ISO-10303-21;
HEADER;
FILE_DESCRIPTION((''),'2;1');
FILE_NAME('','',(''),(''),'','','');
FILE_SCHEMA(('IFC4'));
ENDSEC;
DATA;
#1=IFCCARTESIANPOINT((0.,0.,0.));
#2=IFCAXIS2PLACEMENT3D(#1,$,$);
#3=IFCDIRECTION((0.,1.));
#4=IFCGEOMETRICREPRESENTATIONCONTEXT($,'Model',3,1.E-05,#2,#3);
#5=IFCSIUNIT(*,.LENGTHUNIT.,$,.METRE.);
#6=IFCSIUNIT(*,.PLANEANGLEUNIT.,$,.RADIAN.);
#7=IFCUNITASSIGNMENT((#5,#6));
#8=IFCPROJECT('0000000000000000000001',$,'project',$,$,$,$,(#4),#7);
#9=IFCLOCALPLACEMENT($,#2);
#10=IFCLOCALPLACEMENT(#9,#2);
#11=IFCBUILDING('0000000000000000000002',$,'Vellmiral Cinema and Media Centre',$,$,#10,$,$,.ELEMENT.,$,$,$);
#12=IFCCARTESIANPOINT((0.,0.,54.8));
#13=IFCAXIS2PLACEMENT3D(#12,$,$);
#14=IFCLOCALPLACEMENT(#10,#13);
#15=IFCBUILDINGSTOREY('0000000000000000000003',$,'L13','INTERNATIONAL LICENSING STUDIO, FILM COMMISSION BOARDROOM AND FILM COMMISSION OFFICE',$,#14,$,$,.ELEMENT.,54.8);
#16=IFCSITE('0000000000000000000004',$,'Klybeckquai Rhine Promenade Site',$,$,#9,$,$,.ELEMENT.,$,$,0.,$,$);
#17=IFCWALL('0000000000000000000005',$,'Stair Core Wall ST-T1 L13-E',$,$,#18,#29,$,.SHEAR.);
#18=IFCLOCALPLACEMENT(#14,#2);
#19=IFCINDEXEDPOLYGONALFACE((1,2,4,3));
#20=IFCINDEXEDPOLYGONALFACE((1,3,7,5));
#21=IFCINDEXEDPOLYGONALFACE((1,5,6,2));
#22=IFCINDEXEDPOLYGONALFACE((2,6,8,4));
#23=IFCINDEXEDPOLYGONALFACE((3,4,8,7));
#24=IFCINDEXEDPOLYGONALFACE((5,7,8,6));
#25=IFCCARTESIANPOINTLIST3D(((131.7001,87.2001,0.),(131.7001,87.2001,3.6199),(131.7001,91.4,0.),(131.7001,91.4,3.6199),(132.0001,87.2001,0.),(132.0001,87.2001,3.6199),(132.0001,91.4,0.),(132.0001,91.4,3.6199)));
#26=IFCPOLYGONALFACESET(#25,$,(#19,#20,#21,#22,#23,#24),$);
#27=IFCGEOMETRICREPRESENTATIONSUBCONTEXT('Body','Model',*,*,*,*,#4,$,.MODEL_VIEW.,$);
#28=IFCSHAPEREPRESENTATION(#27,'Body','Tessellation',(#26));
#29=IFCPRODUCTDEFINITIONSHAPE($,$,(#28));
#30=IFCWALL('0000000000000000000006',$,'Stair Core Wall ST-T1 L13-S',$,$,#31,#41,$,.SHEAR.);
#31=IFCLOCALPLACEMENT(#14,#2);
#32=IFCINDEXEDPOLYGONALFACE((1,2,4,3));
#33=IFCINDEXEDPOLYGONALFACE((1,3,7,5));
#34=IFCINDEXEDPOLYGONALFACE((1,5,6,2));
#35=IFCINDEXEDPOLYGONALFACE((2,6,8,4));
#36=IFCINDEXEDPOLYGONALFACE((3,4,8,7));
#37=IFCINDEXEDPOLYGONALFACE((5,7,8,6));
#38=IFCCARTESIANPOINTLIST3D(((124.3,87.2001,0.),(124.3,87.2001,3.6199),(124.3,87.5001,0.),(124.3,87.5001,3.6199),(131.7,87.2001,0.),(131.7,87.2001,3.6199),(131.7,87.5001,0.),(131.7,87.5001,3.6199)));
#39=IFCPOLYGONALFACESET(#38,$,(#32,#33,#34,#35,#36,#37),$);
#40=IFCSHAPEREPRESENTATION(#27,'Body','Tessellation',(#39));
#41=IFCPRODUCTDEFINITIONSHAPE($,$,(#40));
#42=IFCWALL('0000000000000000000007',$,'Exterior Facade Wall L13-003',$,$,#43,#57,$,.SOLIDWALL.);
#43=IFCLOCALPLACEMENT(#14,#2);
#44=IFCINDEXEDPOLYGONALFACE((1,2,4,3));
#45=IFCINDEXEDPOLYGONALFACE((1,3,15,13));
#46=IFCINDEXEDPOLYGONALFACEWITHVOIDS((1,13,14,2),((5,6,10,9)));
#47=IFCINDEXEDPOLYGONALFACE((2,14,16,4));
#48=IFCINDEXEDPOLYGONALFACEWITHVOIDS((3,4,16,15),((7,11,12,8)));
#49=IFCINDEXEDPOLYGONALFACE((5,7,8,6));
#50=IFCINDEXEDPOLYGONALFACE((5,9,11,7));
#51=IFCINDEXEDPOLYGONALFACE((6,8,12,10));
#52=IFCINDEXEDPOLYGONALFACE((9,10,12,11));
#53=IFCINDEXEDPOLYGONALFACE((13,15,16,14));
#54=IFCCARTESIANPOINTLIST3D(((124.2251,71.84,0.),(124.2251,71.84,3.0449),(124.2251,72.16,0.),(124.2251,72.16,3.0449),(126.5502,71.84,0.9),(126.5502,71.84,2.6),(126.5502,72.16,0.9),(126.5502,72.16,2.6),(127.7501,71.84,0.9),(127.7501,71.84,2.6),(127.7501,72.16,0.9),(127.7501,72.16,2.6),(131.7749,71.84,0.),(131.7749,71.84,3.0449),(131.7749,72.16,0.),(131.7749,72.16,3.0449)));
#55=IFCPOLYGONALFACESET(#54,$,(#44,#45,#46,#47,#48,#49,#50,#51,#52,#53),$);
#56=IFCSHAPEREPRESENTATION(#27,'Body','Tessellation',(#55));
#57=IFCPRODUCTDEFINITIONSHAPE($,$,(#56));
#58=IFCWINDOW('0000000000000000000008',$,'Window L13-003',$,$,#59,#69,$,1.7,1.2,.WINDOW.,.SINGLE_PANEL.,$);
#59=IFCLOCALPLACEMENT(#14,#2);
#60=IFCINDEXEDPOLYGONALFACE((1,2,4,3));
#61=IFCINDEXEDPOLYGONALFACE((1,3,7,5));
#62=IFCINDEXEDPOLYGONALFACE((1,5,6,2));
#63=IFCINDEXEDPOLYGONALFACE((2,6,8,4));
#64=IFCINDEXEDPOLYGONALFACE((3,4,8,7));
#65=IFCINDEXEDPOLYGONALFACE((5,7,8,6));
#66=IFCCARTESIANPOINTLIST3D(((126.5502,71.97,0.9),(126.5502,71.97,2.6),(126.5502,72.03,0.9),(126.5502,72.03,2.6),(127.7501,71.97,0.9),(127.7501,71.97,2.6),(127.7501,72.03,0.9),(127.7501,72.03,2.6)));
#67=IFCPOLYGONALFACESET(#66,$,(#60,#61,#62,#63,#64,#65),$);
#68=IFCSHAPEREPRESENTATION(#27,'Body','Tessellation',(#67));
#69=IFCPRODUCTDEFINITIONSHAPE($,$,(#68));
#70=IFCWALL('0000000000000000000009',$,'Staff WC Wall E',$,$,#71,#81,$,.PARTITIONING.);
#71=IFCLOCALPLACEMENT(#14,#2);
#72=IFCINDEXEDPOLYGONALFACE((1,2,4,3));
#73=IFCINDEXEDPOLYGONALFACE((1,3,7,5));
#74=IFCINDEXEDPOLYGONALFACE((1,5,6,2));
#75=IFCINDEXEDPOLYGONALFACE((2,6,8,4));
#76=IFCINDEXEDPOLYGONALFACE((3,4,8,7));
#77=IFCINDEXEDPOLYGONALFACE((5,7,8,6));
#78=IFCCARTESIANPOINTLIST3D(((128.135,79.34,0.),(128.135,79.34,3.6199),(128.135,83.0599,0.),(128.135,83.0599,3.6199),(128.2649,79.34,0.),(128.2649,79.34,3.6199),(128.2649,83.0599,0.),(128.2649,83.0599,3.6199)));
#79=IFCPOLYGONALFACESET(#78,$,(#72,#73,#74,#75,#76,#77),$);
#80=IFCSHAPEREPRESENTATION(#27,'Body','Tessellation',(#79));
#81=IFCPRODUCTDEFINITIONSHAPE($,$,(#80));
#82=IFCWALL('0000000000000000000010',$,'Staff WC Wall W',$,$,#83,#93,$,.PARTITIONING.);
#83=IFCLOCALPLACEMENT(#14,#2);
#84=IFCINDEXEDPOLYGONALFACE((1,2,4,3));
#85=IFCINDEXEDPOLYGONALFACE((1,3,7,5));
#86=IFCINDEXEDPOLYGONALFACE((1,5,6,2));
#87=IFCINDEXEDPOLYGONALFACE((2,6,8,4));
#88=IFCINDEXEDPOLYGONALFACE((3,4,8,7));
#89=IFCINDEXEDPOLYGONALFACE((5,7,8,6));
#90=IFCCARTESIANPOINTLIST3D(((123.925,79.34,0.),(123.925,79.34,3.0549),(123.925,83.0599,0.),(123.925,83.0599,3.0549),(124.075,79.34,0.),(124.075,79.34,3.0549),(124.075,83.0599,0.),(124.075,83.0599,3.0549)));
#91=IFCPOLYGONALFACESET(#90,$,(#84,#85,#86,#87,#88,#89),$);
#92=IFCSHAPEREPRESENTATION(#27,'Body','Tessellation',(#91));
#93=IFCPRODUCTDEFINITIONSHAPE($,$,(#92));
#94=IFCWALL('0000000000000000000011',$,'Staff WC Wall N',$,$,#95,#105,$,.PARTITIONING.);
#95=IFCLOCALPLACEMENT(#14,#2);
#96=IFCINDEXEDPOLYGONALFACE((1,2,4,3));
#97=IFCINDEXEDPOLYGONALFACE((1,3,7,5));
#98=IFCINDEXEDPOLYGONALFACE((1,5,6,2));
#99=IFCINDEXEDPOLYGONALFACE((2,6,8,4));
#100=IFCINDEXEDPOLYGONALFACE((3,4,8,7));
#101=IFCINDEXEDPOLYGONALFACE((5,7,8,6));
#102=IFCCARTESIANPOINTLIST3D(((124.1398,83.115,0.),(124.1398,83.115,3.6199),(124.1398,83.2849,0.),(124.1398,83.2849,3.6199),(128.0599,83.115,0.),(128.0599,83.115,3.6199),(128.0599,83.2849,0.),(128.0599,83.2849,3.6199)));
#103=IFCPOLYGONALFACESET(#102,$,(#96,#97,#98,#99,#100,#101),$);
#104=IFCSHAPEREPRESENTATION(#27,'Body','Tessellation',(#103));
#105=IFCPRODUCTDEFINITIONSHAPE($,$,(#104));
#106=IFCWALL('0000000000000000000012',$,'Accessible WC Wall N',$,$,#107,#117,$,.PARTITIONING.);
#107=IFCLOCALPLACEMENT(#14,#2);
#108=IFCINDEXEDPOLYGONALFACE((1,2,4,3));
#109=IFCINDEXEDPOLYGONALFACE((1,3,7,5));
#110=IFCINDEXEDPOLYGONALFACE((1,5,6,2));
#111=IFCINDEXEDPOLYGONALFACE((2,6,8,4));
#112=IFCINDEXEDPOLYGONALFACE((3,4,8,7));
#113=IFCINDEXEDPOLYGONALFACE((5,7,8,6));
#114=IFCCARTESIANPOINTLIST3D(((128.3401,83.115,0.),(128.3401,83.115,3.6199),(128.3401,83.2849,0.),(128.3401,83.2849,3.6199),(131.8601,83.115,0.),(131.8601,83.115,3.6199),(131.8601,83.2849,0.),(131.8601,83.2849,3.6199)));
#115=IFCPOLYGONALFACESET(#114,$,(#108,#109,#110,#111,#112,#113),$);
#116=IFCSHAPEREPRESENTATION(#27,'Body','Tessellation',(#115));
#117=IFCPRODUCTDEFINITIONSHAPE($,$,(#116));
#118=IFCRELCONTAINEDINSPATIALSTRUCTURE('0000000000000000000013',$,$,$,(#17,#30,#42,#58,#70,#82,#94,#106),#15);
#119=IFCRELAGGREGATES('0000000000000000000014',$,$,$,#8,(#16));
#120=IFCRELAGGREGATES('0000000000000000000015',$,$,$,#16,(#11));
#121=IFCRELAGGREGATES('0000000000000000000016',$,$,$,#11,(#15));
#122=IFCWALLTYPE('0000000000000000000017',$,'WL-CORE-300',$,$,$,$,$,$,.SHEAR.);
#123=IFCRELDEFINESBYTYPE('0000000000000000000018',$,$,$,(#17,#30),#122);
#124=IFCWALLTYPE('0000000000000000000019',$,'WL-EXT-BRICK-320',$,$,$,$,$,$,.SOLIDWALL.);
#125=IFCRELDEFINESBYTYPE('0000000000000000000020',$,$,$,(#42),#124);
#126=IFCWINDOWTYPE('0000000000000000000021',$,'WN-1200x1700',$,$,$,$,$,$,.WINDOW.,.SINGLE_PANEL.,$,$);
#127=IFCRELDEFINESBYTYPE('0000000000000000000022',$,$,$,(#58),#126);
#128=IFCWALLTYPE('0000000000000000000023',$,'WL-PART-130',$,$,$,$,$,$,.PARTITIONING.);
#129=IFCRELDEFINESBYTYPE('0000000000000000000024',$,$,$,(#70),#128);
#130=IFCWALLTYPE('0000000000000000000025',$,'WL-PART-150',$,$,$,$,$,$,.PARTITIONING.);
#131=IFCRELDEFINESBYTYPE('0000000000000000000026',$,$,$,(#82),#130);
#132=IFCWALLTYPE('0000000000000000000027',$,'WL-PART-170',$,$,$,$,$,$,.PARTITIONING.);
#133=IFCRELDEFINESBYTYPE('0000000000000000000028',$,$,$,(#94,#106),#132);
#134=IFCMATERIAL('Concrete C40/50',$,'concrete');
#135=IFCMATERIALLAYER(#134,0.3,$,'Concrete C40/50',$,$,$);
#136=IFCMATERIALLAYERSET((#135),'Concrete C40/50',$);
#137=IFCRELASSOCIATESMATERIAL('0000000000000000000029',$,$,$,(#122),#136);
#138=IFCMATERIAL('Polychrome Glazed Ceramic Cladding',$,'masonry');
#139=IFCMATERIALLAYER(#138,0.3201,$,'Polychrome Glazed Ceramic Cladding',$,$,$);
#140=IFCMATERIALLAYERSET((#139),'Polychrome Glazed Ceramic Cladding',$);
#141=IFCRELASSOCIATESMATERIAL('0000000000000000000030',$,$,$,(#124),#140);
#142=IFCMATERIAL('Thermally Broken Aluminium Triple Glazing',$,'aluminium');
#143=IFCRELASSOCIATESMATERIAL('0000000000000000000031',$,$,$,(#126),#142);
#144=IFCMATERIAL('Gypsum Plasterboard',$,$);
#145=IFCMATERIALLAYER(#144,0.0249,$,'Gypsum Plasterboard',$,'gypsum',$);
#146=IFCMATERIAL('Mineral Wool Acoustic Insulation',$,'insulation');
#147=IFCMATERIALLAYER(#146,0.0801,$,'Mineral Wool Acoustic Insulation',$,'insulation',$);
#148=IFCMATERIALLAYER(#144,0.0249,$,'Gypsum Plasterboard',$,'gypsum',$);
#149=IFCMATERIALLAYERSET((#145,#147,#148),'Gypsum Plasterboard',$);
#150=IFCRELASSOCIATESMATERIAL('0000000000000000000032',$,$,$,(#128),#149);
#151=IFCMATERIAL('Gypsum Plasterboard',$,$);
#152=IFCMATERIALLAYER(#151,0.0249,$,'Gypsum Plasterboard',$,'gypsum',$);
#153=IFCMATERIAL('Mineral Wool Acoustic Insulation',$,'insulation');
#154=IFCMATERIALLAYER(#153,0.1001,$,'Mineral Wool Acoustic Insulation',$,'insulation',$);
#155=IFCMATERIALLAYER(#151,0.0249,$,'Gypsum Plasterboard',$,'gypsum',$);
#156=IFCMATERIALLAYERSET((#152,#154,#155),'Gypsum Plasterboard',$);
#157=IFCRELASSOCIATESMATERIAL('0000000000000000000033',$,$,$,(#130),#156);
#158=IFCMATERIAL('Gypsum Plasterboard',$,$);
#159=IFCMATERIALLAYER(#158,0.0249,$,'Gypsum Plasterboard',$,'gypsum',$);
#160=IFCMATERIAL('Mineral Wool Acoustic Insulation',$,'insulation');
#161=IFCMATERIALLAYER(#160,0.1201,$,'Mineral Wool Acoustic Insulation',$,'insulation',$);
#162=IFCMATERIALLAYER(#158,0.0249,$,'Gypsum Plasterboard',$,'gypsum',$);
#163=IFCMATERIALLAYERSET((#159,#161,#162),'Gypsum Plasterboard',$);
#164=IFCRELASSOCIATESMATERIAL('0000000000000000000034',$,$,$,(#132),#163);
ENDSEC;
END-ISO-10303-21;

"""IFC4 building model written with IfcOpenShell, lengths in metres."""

from ifc_helpers import new_model, si_unit, direction, frame, frame_2d, origin, place, context, subcontext, project, spatial, rectangle, extrude, material, layer, layer_set, type_object, element, fill, save


model = new_model("IFC4")

# Units and contexts
model_context = context("Model", 3, precision=1e-05, world=origin(), true_north=direction((0.0, 1.0)))
body_context = subcontext(model_context, "Body", "Model", "MODEL_VIEW")
ifc_project = project(units=[si_unit("LENGTHUNIT", "METRE"), si_unit("PLANEANGLEUNIT", "RADIAN")], contexts=[model_context])

# Site, building, storey
site_placement = place(None, origin())
site = spatial("IfcSite", under=ifc_project, at=site_placement, Name="Klybeckquai Rhine Promenade Site", CompositionType="ELEMENT", RefElevation=0.0)
building_placement = place(site_placement, origin())
building = spatial("IfcBuilding", under=site, at=building_placement, Name="Vellmiral Cinema and Media Centre", CompositionType="ELEMENT")
storey_placement = place(building_placement, frame((0.0, 0.0, 54.8)))
storey = spatial("IfcBuildingStorey", under=building, at=storey_placement, Name="L13", Description="INTERNATIONAL LICENSING STUDIO, FILM COMMISSION BOARDROOM AND FILM COMMISSION OFFICE", CompositionType="ELEMENT", Elevation=54.8)

# Walls
ifc_material_1 = material(Name="Concrete C40/50", Category="concrete")
ifc_layer_1 = layer(ifc_material_1, 0.3, Name="Concrete C40/50")
ifc_layer_set_1 = layer_set([ifc_layer_1], Name="Concrete C40/50")
wall_type_1 = type_object("IfcWallType", Name="WL-CORE-300", PredefinedType="SHEAR", material=ifc_layer_set_1)
for number, where, z_axis, x_axis, name in (
    (1, (131.8501, 87.2, 0.0), (0.0, 0.0, 1.0), (0.0, 1.0, 0.0), "Stair Core Wall ST-T1 L13-E"),
):
    element("IfcWall", number, at=place(storey_placement, frame(where, z_axis=z_axis, x_axis=x_axis)), inside=storey, type_object=wall_type_1, Name=name, PredefinedType="SHEAR", context=body_context, shape_type="SweptSolid", body=[
        extrude(rectangle(XDim=4.2, YDim=0.3, at=frame_2d((2.1001, 0.0))), origin(), (0.0, 0.0, 1.0), 3.6199),
    ])
wall_1_placement = place(storey_placement, frame((124.3, 87.3501, 0.0), z_axis=(0.0, 0.0, 1.0), x_axis=(1.0, 0.0, 0.0)))
element("IfcWall", 2, at=wall_1_placement, inside=storey, type_object=wall_type_1, Name="Stair Core Wall ST-T1 L13-S", PredefinedType="SHEAR", context=body_context, shape_type="SweptSolid", body=[
    extrude(rectangle(XDim=7.3999, YDim=0.3, at=frame_2d((3.7, 0.0))), origin(), (0.0, 0.0, 1.0), 3.6199),
])

# Wall, opening, window
ifc_material_2 = material(Name="Polychrome Glazed Ceramic Cladding", Category="masonry")
ifc_layer_2 = layer(ifc_material_2, 0.3201, Name="Polychrome Glazed Ceramic Cladding")
ifc_layer_set_2 = layer_set([ifc_layer_2], Name="Polychrome Glazed Ceramic Cladding")
wall_type_2 = type_object("IfcWallType", Name="WL-EXT-BRICK-320", PredefinedType="SOLIDWALL", material=ifc_layer_set_2)
wall_2_placement = place(storey_placement, frame((124.2251, 72.0, 0.0), z_axis=(0.0, 0.0, 1.0), x_axis=(1.0, 0.0, 0.0)))
wall_2 = element("IfcWall", 3, at=wall_2_placement, inside=storey, type_object=wall_type_2, Name="Exterior Facade Wall L13-003", PredefinedType="SOLIDWALL", context=body_context, shape_type="SweptSolid", body=[
    extrude(rectangle(XDim=7.5498, YDim=0.3201, at=frame_2d((3.7749, 0.0))), origin(), (0.0, 0.0, 1.0), 3.0449),
])
opening_1_placement = place(wall_2_placement, frame((2.325, 0.0, 0.8999)))
opening_1 = element("IfcOpeningElement", 4, at=opening_1_placement, cuts=wall_2, PredefinedType="OPENING", context=body_context, shape_type="SweptSolid", body=[
    extrude(rectangle(XDim=1.2, YDim=1.7, at=frame_2d((0.6001, 0.8501))), frame((0.0, 0.1719, 0.0), z_axis=(0.0, -1.0, 0.0), x_axis=(1.0, 0.0, 0.0)), (0.0, 0.0, 1.0), 0.344),
])
ifc_material_3 = material(Name="Thermally Broken Aluminium Triple Glazing", Category="aluminium")
window_type = type_object("IfcWindowType", Name="WN-1200x1700", PartitioningType="SINGLE_PANEL", PredefinedType="WINDOW", material=ifc_material_3)
window_placement = place(opening_1_placement, origin())
window = element("IfcWindow", 5, at=window_placement, inside=storey, type_object=window_type, Name="Window L13-003", OverallHeight=1.7, OverallWidth=1.2, PartitioningType="SINGLE_PANEL", PredefinedType="WINDOW", context=body_context, shape_type="SweptSolid", body=[
    extrude(rectangle(XDim=1.2, YDim=1.7, at=frame_2d((0.6001, 0.8501))), frame((0.0, 0.03, 0.0), z_axis=(0.0, -1.0, 0.0), x_axis=(1.0, 0.0, 0.0)), (0.0, 0.0, 1.0), 0.0601),
])
fill(opening_1, window)

# Walls
ifc_material_4 = material(Name="Gypsum Plasterboard")
ifc_layer_3 = layer(ifc_material_4, 0.0249, Name="Gypsum Plasterboard", Category="gypsum")
ifc_material_5 = material(Name="Mineral Wool Acoustic Insulation", Category="insulation")
ifc_layer_4 = layer(ifc_material_5, 0.0801, Name="Mineral Wool Acoustic Insulation", Category="insulation")
ifc_layer_5 = layer(ifc_material_4, 0.0249, Name="Gypsum Plasterboard", Category="gypsum")
ifc_layer_set_3 = layer_set([ifc_layer_3, ifc_layer_4, ifc_layer_5], Name="Gypsum Plasterboard")
wall_type_3 = type_object("IfcWallType", Name="WL-PART-130", PredefinedType="PARTITIONING", material=ifc_layer_set_3)
wall_3_placement = place(storey_placement, frame((128.2, 79.3401, 0.0), z_axis=(0.0, 0.0, 1.0), x_axis=(0.0, 1.0, 0.0)))
element("IfcWall", 6, at=wall_3_placement, inside=storey, type_object=wall_type_3, Name="Staff WC Wall E", PredefinedType="PARTITIONING", context=body_context, shape_type="SweptSolid", body=[
    extrude(rectangle(XDim=3.72, YDim=0.1299, at=frame_2d((1.8599, 0.0))), origin(), (0.0, 0.0, 1.0), 3.6199),
])
ifc_material_6 = material(Name="Gypsum Plasterboard")
ifc_layer_6 = layer(ifc_material_6, 0.0249, Name="Gypsum Plasterboard", Category="gypsum")
ifc_material_7 = material(Name="Mineral Wool Acoustic Insulation", Category="insulation")
ifc_layer_7 = layer(ifc_material_7, 0.1001, Name="Mineral Wool Acoustic Insulation", Category="insulation")
ifc_layer_8 = layer(ifc_material_6, 0.0249, Name="Gypsum Plasterboard", Category="gypsum")
ifc_layer_set_4 = layer_set([ifc_layer_6, ifc_layer_7, ifc_layer_8], Name="Gypsum Plasterboard")
wall_type_4 = type_object("IfcWallType", Name="WL-PART-150", PredefinedType="PARTITIONING", material=ifc_layer_set_4)
wall_4_placement = place(storey_placement, frame((124.0, 79.3401, 0.0), z_axis=(0.0, 0.0, 1.0), x_axis=(0.0, 1.0, 0.0)))
element("IfcWall", 7, at=wall_4_placement, inside=storey, type_object=wall_type_4, Name="Staff WC Wall W", PredefinedType="PARTITIONING", context=body_context, shape_type="SweptSolid", body=[
    extrude(rectangle(XDim=3.72, YDim=0.1499, at=frame_2d((1.8599, 0.0))), origin(), (0.0, 0.0, 1.0), 3.0549),
])
ifc_material_8 = material(Name="Gypsum Plasterboard")
ifc_layer_9 = layer(ifc_material_8, 0.0249, Name="Gypsum Plasterboard", Category="gypsum")
ifc_material_9 = material(Name="Mineral Wool Acoustic Insulation", Category="insulation")
ifc_layer_10 = layer(ifc_material_9, 0.1201, Name="Mineral Wool Acoustic Insulation", Category="insulation")
ifc_layer_11 = layer(ifc_material_8, 0.0249, Name="Gypsum Plasterboard", Category="gypsum")
ifc_layer_set_5 = layer_set([ifc_layer_9, ifc_layer_10, ifc_layer_11], Name="Gypsum Plasterboard")
wall_type_5 = type_object("IfcWallType", Name="WL-PART-170", PredefinedType="PARTITIONING", material=ifc_layer_set_5)
wall_5_placement = place(storey_placement, frame((124.1399, 83.2, 0.0), z_axis=(0.0, 0.0, 1.0), x_axis=(1.0, 0.0, 0.0)))
element("IfcWall", 8, at=wall_5_placement, inside=storey, type_object=wall_type_5, Name="Staff WC Wall N", PredefinedType="PARTITIONING", context=body_context, shape_type="SweptSolid", body=[
    extrude(rectangle(XDim=3.9202, YDim=0.1699, at=frame_2d((1.96, 0.0))), origin(), (0.0, 0.0, 1.0), 3.6199),
])
wall_6_placement = place(storey_placement, frame((128.3401, 83.2, 0.0), z_axis=(0.0, 0.0, 1.0), x_axis=(1.0, 0.0, 0.0)))
element("IfcWall", 9, at=wall_6_placement, inside=storey, type_object=wall_type_5, Name="Accessible WC Wall N", PredefinedType="PARTITIONING", context=body_context, shape_type="SweptSolid", body=[
    extrude(rectangle(XDim=3.52, YDim=0.1699, at=frame_2d((1.76, 0.0))), origin(), (0.0, 0.0, 1.0), 3.6199),
])

save(model, "model.ifc")
